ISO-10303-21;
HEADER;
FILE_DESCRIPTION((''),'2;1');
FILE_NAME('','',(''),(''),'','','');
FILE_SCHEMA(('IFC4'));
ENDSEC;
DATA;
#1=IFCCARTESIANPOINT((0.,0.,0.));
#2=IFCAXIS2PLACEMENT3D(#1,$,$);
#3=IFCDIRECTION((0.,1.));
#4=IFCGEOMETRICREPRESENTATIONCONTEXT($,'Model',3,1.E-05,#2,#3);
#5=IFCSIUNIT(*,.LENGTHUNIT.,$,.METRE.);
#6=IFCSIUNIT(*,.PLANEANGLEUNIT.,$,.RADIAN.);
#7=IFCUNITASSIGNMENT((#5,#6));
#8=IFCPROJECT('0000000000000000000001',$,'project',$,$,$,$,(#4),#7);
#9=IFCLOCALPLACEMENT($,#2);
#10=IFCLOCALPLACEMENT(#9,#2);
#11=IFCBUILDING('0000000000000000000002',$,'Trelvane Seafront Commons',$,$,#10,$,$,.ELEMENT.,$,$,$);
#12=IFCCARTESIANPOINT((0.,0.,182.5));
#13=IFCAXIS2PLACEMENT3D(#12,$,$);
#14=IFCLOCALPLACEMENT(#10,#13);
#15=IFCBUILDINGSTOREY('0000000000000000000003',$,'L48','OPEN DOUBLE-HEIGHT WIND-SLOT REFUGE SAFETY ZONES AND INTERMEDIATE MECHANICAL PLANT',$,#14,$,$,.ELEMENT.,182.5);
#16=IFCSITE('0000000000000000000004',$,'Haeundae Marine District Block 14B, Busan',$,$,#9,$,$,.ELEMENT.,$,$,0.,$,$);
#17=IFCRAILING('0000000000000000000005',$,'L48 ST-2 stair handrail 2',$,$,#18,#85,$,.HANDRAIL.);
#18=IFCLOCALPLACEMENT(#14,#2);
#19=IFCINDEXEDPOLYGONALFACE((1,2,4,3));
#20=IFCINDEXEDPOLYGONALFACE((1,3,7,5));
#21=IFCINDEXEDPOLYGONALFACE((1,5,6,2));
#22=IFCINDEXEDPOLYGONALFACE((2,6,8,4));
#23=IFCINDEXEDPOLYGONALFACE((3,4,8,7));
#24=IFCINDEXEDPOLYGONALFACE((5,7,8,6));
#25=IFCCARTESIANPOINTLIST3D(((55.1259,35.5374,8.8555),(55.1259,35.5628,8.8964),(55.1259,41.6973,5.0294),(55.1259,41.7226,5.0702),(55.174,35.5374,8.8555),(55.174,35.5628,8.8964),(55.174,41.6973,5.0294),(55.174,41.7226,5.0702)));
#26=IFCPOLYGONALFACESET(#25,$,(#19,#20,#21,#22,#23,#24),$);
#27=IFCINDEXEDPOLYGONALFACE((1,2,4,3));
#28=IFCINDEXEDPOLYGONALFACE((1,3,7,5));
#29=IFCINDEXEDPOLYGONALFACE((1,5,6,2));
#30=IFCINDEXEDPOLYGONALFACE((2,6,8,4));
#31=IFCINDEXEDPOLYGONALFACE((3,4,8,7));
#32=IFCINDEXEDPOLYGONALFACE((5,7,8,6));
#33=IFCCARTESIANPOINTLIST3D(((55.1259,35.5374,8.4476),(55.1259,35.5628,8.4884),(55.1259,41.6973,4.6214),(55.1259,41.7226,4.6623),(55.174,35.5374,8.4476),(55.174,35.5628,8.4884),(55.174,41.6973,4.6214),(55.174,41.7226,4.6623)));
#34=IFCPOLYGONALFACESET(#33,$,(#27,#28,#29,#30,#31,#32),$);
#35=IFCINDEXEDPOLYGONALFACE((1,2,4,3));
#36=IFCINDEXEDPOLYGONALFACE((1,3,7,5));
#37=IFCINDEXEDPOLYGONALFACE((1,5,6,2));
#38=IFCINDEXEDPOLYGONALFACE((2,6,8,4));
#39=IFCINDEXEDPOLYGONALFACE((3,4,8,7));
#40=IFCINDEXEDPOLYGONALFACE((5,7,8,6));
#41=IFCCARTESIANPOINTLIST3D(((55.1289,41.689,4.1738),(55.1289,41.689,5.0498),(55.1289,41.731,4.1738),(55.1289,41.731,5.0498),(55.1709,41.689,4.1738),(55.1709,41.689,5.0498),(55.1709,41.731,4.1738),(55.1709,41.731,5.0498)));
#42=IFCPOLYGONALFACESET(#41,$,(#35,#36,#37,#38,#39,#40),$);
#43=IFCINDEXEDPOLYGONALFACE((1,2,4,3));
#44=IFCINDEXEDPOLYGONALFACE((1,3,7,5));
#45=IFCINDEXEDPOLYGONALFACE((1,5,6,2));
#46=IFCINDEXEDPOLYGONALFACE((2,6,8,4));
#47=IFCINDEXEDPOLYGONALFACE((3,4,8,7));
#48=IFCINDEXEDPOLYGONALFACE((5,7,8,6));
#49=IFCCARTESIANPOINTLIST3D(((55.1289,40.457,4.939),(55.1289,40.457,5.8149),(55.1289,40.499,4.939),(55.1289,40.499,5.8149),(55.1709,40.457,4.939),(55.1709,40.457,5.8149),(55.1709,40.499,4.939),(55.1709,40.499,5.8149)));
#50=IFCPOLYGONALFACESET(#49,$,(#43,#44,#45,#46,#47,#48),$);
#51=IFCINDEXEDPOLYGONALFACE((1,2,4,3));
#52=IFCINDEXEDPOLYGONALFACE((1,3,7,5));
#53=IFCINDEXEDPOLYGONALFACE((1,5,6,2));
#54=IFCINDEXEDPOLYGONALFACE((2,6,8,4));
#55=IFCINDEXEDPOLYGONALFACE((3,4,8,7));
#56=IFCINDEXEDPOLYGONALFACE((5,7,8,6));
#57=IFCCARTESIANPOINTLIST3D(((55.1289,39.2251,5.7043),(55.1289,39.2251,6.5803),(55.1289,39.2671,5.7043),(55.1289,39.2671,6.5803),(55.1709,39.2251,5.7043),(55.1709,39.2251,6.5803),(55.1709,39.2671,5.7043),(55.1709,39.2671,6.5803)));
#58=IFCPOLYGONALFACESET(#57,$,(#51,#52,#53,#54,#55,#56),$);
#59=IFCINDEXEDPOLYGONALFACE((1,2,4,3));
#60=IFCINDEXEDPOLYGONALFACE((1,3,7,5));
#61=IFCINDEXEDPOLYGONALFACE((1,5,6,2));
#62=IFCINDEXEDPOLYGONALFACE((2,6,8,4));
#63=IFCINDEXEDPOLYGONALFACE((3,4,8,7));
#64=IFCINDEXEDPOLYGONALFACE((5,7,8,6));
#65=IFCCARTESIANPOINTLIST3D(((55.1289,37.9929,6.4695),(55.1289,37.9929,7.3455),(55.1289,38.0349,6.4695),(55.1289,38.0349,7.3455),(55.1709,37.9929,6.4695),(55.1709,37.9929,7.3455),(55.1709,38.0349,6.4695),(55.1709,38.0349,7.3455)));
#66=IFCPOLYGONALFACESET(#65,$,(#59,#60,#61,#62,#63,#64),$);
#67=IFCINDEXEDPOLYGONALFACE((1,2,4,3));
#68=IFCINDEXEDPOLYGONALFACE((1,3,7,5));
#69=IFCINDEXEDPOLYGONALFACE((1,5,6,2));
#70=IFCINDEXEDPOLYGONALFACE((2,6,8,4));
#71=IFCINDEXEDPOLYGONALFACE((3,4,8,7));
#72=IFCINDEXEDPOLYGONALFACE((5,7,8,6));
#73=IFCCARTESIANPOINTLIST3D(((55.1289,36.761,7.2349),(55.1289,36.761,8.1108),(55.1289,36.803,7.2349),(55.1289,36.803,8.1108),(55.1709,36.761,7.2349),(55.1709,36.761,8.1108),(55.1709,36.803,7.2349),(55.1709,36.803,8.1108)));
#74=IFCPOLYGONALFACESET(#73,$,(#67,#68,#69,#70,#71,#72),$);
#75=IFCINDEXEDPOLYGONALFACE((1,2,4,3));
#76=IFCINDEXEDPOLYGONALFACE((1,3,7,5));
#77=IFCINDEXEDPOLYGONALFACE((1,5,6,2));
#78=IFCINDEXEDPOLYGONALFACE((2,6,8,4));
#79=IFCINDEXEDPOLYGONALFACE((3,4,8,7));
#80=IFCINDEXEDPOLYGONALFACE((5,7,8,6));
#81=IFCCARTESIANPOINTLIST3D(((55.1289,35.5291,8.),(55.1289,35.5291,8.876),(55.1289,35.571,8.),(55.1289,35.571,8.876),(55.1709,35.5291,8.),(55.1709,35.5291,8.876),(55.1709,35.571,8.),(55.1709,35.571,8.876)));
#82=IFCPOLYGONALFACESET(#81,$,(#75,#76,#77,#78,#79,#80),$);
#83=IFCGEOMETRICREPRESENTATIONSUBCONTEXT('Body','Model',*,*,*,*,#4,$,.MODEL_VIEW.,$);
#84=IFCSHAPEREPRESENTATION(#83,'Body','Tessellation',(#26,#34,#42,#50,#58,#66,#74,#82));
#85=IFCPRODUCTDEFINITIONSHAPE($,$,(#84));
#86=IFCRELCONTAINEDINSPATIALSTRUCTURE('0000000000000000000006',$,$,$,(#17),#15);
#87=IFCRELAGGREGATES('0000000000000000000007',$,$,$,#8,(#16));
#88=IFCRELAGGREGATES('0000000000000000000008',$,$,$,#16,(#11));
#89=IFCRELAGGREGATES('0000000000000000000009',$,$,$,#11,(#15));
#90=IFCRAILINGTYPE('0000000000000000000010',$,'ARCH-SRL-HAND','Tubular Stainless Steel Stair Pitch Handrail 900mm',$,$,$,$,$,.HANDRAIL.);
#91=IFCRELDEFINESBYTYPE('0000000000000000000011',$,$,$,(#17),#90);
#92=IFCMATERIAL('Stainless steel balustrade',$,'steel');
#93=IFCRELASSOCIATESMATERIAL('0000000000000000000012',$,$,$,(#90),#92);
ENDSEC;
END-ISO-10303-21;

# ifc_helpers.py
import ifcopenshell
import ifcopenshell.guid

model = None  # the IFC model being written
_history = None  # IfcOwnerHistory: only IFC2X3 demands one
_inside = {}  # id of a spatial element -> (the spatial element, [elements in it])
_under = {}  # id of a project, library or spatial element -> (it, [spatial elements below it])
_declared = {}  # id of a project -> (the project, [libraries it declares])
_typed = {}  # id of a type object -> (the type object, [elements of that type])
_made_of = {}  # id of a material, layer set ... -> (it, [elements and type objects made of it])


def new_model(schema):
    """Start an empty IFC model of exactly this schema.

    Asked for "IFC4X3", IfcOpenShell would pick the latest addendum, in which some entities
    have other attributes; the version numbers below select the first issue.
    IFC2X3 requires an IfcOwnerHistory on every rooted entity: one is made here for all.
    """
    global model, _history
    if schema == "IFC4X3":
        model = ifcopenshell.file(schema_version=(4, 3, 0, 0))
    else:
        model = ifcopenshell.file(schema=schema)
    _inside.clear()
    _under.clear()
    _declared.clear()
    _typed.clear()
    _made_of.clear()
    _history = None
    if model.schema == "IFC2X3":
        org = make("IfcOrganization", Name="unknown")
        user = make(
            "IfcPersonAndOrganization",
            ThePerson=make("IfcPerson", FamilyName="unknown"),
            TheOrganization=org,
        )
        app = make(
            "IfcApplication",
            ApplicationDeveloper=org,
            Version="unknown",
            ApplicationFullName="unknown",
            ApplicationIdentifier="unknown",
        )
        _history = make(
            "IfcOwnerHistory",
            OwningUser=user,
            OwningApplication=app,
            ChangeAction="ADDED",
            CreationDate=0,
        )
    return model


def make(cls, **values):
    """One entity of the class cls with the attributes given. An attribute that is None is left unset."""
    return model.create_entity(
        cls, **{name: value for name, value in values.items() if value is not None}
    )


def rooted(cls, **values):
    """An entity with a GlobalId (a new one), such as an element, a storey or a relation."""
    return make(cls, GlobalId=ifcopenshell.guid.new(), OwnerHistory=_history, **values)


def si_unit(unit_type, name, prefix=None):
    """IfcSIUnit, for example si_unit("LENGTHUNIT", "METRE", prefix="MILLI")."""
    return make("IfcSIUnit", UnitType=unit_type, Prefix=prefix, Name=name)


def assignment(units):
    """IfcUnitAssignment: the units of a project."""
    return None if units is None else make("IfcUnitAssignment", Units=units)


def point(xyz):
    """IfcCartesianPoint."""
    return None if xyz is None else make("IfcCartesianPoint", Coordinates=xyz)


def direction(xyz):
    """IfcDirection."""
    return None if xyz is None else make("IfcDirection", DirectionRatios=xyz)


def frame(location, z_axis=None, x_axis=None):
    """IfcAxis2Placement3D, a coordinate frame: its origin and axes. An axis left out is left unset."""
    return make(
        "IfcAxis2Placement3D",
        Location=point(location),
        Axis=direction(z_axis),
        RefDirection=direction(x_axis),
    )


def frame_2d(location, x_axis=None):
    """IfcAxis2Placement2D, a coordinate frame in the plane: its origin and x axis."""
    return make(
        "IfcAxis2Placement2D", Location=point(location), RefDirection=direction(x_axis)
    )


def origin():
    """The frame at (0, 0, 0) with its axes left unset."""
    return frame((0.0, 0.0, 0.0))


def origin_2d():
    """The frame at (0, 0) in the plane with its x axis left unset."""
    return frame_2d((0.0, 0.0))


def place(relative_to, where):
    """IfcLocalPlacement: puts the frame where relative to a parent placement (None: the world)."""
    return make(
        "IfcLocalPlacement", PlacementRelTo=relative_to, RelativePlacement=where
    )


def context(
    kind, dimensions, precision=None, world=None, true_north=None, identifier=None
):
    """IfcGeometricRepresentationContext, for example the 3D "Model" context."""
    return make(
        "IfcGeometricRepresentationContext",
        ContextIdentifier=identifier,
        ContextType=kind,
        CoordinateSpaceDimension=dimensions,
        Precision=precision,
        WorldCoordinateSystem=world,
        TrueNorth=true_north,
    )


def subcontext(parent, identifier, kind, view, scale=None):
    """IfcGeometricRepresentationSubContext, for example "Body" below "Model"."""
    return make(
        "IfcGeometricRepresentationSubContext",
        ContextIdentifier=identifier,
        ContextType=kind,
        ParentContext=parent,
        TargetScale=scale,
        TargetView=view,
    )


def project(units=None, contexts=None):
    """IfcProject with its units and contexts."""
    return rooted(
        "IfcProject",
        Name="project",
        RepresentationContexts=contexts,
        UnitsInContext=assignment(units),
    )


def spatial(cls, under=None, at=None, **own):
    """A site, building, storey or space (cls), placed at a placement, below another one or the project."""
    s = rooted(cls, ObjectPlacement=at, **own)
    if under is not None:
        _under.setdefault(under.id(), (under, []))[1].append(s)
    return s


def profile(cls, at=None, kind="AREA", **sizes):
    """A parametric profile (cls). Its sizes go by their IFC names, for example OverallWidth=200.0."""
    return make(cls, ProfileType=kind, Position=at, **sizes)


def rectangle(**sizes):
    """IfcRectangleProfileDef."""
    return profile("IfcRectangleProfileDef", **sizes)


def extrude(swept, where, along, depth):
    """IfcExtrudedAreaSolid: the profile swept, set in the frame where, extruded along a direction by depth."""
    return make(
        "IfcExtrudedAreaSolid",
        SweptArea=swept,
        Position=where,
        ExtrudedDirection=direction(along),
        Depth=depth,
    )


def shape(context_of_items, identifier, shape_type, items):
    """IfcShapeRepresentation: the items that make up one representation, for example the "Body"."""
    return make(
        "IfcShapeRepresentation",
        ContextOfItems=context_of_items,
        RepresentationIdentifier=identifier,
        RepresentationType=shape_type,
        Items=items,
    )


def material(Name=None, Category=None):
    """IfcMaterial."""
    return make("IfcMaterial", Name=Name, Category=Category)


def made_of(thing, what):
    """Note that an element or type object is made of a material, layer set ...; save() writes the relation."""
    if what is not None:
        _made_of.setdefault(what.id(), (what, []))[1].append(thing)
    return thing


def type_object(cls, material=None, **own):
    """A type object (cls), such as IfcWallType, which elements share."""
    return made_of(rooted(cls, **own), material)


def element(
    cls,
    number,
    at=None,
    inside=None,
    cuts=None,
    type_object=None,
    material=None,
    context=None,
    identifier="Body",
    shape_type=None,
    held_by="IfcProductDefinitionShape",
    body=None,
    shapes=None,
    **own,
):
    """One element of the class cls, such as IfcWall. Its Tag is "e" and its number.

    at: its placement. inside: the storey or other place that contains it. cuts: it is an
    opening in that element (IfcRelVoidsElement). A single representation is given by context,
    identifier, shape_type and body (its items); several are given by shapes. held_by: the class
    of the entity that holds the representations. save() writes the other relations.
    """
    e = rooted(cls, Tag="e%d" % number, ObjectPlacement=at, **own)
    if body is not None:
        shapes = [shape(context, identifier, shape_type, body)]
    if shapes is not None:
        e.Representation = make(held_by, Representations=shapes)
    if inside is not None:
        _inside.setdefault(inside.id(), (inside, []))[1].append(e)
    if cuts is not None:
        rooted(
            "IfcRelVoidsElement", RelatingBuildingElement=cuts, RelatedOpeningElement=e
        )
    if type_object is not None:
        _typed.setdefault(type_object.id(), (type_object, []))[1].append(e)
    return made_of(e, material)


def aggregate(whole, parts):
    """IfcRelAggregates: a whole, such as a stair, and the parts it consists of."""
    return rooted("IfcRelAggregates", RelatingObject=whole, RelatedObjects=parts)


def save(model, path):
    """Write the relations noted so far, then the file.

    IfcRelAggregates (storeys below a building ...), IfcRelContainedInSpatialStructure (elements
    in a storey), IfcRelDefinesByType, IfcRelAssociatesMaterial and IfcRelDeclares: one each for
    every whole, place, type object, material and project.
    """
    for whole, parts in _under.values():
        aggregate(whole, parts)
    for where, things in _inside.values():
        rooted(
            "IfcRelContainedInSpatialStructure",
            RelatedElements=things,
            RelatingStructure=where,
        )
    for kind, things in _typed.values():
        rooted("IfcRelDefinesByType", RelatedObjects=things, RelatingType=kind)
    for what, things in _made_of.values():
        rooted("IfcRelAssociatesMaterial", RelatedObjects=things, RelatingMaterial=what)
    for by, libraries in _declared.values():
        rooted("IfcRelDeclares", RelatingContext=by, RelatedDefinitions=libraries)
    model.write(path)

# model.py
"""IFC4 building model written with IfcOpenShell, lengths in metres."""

from ifc_helpers import new_model, si_unit, direction, frame, origin, origin_2d, place, context, subcontext, project, spatial, rectangle, extrude, material, type_object, element, save


model = new_model("IFC4")

# Units and contexts
model_context = context("Model", 3, precision=1e-05, world=origin(), true_north=direction((0.0, 1.0)))
body_context = subcontext(model_context, "Body", "Model", "MODEL_VIEW")
ifc_project = project(units=[si_unit("LENGTHUNIT", "METRE"), si_unit("PLANEANGLEUNIT", "RADIAN")], contexts=[model_context])

# Site, building, storey
site_placement = place(None, origin())
site = spatial("IfcSite", under=ifc_project, at=site_placement, Name="Haeundae Marine District Block 14B, Busan", CompositionType="ELEMENT", RefElevation=0.0)
building_placement = place(site_placement, origin())
building = spatial("IfcBuilding", under=site, at=building_placement, Name="Trelvane Seafront Commons", CompositionType="ELEMENT")
storey_placement = place(building_placement, frame((0.0, 0.0, 182.5)))
storey = spatial("IfcBuildingStorey", under=building, at=storey_placement, Name="L48", Description="OPEN DOUBLE-HEIGHT WIND-SLOT REFUGE SAFETY ZONES AND INTERMEDIATE MECHANICAL PLANT", CompositionType="ELEMENT", Elevation=182.5)

# Railing
ifc_material_1 = material(Name="Stainless steel balustrade", Category="steel")
railing_type_1 = type_object("IfcRailingType", Name="ARCH-SRL-HAND", Description="Tubular Stainless Steel Stair Pitch Handrail 900mm", PredefinedType="HANDRAIL", material=ifc_material_1)
railing_1_placement = place(storey_placement, frame((55.1499, 41.71, 4.1738)))
element("IfcRailing", 1, at=railing_1_placement, inside=storey, type_object=railing_type_1, Name="L48 ST-2 stair handrail 2", PredefinedType="HANDRAIL", context=body_context, shape_type="SweptSolid", body=[
    extrude(rectangle(XDim=0.0481, YDim=0.0481, at=origin_2d()), frame((0.0, 0.0, 0.876), z_axis=(0.0, -0.849468, 0.527639), x_axis=(1.0, 0.0, 0.0)), (0.0, 0.0, 1.0), 7.2515),
    extrude(rectangle(XDim=0.0481, YDim=0.0481, at=origin_2d()), frame((0.0, 0.0, 0.468), z_axis=(0.0, -0.849468, 0.527639), x_axis=(1.0, 0.0, 0.0)), (0.0, 0.0, 1.0), 7.2515),
    extrude(rectangle(XDim=0.042, YDim=0.042, at=origin_2d()), origin(), (0.0, 0.0, 1.0), 0.876),
    extrude(rectangle(XDim=0.042, YDim=0.042, at=origin_2d()), frame((0.0, -1.2319, 0.7651)), (0.0, 0.0, 1.0), 0.876),
    extrude(rectangle(XDim=0.042, YDim=0.042, at=origin_2d()), frame((0.0, -2.4639, 1.5305)), (0.0, 0.0, 1.0), 0.876),
    extrude(rectangle(XDim=0.042, YDim=0.042, at=origin_2d()), frame((0.0, -3.696, 2.2957)), (0.0, 0.0, 1.0), 0.876),
    extrude(rectangle(XDim=0.042, YDim=0.042, at=origin_2d()), frame((0.0, -4.928, 3.061)), (0.0, 0.0, 1.0), 0.876),
    extrude(rectangle(XDim=0.042, YDim=0.042, at=origin_2d()), frame((0.0, -6.1599, 3.8262)), (0.0, 0.0, 1.0), 0.876),
])

save(model, "model.ifc")
